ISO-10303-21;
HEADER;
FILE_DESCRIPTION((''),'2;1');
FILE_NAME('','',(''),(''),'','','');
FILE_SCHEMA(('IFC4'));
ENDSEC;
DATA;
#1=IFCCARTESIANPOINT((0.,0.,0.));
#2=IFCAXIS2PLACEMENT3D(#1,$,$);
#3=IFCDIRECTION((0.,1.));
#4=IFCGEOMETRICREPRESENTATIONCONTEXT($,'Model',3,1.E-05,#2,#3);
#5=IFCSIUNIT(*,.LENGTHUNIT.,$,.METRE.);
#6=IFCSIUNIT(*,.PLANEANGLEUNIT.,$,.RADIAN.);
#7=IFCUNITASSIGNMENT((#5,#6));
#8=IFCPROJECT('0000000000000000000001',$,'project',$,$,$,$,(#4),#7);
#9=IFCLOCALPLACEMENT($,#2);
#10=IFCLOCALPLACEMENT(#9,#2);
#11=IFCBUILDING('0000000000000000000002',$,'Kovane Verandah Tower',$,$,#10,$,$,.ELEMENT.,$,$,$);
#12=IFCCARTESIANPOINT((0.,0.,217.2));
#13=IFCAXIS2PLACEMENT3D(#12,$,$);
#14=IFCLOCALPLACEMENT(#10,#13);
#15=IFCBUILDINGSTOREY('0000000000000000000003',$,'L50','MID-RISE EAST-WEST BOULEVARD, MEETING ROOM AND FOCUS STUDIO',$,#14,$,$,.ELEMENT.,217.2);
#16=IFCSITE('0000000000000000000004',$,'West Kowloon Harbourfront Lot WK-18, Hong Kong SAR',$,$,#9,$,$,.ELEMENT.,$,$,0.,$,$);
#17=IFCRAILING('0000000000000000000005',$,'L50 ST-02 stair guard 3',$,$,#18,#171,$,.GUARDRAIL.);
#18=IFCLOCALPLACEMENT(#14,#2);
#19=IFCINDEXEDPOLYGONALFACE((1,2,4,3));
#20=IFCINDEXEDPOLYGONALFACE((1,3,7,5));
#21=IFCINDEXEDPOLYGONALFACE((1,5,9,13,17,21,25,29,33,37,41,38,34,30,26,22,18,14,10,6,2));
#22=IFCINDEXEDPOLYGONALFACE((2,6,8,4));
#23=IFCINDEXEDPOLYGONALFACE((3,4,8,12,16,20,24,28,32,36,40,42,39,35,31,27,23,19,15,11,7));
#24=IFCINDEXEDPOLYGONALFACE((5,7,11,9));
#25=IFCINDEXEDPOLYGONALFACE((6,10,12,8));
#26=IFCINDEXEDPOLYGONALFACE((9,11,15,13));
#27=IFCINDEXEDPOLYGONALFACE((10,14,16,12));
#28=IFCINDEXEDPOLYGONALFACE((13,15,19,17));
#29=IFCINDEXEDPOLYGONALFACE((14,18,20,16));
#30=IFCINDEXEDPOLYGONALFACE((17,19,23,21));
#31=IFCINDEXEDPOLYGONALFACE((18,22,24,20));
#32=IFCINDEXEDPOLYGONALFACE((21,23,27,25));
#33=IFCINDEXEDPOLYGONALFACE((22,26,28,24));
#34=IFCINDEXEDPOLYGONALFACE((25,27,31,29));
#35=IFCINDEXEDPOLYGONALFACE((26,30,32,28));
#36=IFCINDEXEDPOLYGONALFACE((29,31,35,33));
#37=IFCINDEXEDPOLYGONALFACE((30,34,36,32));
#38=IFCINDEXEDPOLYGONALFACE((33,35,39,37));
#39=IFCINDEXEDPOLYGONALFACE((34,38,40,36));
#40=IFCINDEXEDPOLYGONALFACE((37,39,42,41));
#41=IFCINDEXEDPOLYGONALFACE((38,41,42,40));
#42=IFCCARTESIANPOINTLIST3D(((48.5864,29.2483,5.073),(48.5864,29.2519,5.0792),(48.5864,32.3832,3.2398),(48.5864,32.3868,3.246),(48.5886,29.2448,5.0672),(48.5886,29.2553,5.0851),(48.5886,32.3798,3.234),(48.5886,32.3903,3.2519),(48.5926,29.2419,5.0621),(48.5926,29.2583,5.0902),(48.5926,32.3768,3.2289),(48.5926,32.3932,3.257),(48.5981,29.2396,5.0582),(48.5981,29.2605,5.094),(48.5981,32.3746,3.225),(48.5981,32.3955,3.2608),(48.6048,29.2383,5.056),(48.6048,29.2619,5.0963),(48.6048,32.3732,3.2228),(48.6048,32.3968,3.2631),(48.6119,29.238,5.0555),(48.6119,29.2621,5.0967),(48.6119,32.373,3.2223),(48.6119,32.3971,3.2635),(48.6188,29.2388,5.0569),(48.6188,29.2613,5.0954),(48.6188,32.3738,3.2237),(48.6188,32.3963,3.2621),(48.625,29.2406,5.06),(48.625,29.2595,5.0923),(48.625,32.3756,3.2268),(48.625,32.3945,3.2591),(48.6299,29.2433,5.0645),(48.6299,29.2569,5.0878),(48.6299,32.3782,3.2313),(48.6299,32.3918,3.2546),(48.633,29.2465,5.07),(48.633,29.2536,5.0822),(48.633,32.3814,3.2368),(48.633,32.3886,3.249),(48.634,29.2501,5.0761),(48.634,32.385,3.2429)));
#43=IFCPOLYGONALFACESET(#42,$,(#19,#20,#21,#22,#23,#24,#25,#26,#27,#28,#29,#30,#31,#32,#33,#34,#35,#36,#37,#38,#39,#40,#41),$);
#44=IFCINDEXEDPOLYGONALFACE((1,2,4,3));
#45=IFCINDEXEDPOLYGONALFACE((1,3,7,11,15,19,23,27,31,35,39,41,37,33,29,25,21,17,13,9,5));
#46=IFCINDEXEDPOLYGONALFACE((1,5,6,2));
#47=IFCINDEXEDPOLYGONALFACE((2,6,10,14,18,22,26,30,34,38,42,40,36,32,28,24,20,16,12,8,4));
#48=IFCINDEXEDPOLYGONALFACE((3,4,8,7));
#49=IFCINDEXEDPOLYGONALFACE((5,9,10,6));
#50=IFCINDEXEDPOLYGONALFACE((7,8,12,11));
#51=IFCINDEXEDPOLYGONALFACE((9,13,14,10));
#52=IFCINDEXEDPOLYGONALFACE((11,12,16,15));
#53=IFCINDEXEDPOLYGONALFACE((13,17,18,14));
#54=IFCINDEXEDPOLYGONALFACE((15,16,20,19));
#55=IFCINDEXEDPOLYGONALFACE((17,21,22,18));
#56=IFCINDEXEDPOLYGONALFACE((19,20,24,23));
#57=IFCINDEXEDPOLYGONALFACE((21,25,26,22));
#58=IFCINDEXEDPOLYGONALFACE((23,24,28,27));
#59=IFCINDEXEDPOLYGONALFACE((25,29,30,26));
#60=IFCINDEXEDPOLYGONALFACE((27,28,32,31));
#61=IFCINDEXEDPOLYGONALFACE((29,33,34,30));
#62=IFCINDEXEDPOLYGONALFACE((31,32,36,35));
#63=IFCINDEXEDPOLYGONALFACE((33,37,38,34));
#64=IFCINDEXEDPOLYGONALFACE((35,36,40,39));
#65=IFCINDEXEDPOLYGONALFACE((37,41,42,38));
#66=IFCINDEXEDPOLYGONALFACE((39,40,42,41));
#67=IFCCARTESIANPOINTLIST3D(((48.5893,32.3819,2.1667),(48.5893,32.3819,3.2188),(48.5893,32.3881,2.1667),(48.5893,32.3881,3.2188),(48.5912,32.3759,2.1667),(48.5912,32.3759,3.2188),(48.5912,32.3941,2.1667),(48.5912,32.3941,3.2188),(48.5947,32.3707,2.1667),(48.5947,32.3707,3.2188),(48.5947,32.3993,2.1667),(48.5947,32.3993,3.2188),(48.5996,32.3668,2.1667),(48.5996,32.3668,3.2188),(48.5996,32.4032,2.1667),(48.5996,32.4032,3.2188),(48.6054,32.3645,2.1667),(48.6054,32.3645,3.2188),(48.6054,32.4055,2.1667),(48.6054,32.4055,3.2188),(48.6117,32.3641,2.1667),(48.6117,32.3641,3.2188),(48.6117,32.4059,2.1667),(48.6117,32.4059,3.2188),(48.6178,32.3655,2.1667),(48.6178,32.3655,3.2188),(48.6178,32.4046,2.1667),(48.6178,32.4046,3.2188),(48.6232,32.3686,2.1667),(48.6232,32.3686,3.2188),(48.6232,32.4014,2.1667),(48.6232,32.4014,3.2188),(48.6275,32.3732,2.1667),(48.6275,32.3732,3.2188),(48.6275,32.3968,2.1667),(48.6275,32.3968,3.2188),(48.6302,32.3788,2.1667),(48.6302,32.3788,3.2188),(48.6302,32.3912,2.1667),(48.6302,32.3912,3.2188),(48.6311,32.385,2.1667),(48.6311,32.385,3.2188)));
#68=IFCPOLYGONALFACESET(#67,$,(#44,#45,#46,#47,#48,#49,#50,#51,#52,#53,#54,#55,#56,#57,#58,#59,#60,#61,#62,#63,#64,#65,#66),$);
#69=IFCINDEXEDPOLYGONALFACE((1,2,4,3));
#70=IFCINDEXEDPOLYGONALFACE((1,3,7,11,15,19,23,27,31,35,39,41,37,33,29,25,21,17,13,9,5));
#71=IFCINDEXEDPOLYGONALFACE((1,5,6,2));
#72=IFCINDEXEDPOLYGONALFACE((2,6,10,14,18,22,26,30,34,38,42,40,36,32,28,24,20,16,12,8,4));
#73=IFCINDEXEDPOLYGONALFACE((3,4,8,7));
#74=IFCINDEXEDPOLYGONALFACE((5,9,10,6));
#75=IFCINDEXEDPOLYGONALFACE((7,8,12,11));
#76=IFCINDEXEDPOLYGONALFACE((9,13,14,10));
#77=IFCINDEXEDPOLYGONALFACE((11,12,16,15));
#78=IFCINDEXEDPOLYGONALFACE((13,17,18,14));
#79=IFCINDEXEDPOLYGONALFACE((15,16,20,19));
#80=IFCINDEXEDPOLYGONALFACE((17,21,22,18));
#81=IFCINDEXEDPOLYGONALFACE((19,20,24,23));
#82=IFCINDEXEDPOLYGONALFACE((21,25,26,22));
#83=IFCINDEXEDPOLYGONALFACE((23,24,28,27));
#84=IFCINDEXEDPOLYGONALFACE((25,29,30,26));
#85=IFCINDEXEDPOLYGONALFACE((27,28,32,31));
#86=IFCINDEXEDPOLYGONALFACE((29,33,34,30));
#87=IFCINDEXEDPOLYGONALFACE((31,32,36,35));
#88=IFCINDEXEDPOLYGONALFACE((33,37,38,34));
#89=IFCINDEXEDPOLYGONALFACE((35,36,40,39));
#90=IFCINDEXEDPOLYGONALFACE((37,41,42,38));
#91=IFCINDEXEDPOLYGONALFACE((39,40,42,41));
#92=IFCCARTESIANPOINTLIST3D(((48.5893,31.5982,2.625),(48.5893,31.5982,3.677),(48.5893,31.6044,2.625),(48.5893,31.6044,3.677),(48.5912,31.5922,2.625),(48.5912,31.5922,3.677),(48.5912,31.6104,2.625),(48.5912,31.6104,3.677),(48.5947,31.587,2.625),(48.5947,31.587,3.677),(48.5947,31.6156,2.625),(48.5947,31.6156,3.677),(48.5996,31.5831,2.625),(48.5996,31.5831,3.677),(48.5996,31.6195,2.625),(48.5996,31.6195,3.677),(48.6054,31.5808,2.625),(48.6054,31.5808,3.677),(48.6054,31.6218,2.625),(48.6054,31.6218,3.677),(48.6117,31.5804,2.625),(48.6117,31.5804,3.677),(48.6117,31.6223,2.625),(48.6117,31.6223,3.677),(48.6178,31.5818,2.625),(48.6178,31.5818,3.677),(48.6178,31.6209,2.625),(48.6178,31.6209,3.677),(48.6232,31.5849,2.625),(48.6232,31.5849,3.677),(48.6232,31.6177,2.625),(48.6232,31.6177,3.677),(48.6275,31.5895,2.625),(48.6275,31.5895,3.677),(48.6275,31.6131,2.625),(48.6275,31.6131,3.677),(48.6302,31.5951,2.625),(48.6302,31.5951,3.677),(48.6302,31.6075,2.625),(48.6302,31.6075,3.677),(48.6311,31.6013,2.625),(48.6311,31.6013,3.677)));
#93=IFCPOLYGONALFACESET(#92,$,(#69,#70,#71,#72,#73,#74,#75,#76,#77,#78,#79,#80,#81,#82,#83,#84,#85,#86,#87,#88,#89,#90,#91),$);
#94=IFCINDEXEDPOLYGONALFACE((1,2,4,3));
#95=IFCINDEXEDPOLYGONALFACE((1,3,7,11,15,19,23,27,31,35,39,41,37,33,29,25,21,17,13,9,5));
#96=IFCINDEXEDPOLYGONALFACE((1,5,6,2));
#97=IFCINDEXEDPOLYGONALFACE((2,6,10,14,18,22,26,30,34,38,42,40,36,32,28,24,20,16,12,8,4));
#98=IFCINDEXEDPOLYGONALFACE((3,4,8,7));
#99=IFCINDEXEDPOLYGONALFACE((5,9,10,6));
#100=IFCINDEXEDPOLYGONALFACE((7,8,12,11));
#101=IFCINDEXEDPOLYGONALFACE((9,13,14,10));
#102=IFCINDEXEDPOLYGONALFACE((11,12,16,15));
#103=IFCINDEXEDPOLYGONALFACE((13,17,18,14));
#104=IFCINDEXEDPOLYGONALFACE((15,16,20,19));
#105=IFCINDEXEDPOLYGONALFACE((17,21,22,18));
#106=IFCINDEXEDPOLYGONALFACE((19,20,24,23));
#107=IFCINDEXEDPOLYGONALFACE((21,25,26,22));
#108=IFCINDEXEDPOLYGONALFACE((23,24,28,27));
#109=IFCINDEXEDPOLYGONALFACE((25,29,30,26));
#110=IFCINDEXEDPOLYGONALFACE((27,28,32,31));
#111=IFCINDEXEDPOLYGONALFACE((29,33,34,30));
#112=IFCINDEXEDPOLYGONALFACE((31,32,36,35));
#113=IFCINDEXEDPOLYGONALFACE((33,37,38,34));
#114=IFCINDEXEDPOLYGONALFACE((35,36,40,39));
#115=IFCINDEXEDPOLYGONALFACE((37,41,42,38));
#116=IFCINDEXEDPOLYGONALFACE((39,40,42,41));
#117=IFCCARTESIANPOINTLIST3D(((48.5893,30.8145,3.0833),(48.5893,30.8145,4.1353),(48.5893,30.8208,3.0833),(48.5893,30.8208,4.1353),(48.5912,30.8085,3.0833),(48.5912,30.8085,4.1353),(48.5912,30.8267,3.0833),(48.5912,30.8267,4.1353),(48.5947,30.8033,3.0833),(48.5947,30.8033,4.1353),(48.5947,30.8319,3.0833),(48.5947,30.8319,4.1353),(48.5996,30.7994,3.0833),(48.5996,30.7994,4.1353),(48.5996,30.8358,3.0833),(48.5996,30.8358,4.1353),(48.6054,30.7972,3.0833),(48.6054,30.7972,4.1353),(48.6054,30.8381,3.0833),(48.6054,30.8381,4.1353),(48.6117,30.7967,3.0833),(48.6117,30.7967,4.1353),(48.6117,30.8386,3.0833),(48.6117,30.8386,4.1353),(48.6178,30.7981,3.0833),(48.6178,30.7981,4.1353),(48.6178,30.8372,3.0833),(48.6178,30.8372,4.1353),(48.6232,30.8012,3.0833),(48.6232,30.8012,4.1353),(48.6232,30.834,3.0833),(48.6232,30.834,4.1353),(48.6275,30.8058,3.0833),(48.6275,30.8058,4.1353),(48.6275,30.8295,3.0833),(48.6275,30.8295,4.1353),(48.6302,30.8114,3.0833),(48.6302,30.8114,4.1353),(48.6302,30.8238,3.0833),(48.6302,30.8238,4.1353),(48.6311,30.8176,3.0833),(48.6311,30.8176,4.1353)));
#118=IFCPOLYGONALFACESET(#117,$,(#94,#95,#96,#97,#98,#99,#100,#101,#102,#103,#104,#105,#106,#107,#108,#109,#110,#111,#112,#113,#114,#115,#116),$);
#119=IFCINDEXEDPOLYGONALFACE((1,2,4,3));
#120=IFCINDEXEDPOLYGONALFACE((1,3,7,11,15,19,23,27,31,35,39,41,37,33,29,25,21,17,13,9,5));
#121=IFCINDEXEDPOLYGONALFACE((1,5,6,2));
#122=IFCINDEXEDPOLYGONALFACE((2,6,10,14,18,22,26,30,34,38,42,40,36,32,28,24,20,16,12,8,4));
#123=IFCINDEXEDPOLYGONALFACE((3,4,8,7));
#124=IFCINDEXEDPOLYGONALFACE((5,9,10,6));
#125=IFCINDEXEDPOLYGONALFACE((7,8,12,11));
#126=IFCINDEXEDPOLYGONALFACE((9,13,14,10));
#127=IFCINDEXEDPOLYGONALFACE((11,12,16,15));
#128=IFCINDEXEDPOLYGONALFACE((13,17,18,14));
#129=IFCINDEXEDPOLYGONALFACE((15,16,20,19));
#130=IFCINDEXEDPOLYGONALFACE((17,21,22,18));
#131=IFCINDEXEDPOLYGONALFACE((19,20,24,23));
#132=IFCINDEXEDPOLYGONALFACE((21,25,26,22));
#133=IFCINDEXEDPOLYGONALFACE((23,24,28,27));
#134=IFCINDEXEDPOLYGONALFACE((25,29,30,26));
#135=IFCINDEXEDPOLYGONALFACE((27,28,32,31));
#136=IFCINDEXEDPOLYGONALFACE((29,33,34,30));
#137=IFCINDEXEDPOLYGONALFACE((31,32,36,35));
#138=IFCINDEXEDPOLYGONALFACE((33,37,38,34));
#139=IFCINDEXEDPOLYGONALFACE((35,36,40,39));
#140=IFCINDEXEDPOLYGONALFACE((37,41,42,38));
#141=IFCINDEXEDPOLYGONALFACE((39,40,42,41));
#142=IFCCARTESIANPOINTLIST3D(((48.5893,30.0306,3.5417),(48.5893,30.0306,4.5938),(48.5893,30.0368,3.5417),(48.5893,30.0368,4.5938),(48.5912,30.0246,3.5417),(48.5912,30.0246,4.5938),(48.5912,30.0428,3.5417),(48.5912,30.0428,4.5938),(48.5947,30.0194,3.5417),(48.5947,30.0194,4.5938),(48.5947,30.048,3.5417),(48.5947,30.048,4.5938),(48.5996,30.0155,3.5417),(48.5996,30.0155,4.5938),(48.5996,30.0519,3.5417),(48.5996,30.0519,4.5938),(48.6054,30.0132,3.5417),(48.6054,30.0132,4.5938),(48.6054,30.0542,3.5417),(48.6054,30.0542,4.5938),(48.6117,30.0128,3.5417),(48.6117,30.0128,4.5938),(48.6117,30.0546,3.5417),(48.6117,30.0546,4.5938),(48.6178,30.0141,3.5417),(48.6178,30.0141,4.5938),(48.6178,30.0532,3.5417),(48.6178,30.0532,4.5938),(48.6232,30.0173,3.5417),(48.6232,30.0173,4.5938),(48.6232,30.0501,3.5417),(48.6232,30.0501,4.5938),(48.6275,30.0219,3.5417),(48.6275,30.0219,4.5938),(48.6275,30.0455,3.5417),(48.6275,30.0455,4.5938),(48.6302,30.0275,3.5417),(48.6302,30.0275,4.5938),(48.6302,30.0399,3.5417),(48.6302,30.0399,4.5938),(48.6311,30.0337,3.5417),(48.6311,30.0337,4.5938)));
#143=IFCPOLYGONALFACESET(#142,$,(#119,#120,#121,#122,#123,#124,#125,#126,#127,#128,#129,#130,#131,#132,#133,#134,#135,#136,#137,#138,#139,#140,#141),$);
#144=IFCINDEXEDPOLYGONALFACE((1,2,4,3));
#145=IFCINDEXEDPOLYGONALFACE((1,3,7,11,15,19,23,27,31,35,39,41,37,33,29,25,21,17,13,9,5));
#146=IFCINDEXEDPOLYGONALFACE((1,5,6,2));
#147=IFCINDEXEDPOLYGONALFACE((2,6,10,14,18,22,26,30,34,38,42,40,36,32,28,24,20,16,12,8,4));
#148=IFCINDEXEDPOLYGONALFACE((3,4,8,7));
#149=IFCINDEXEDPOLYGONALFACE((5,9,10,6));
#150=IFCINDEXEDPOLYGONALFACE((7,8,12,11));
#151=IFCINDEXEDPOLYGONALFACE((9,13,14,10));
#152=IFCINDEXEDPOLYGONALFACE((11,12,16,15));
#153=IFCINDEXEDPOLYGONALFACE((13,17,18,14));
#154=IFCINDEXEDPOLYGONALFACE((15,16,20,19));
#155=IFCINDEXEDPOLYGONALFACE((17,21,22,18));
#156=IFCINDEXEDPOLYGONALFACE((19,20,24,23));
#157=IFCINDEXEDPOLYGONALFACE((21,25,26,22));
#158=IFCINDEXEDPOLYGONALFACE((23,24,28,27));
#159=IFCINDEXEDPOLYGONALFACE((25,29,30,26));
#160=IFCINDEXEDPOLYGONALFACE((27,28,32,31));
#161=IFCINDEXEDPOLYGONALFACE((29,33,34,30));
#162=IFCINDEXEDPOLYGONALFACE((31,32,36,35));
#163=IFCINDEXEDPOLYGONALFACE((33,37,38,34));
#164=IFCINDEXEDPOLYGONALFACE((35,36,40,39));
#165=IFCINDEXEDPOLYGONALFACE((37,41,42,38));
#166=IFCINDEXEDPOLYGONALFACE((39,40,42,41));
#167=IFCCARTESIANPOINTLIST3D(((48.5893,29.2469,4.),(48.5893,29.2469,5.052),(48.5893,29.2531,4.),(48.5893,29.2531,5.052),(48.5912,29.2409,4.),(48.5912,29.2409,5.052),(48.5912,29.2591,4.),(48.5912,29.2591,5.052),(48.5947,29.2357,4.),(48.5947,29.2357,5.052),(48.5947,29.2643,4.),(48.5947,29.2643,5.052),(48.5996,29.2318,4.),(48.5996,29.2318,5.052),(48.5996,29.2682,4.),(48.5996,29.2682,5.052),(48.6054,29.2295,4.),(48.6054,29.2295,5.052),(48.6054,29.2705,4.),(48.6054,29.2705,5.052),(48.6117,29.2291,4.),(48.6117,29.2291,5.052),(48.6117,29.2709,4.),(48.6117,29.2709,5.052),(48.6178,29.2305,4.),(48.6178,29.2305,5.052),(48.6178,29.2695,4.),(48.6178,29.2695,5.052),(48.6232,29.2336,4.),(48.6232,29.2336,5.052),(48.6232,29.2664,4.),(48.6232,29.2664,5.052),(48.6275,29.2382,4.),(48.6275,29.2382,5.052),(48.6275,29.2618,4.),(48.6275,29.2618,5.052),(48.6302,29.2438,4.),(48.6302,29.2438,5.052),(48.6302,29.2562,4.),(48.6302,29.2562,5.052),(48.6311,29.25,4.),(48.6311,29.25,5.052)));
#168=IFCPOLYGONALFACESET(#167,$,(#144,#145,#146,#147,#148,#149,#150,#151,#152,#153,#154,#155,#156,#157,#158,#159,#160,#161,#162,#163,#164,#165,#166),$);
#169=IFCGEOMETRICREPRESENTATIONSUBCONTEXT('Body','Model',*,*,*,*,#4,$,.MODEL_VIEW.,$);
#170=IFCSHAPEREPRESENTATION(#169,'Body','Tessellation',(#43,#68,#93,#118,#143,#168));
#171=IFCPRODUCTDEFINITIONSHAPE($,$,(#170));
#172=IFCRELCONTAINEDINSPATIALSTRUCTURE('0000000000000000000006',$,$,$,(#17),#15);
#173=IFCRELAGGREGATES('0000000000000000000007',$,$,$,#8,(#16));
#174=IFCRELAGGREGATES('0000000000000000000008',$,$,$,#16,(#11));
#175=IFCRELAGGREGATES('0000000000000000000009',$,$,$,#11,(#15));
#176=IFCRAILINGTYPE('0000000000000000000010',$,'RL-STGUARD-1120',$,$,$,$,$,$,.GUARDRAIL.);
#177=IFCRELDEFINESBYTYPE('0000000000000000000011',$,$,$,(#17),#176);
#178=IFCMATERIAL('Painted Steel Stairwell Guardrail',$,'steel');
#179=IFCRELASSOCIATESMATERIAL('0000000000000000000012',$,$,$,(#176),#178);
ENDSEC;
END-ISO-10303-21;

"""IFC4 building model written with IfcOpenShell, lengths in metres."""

from ifc_helpers import new_model, si_unit, direction, frame, origin, origin_2d, place, context, subcontext, project, spatial, circle, extrude, material, type_object, element, save


model = new_model("IFC4")

# Units and contexts
model_context = context("Model", 3, precision=1e-05, world=origin(), true_north=direction((0.0, 1.0)))
body_context = subcontext(model_context, "Body", "Model", "MODEL_VIEW")
ifc_project = project(units=[si_unit("LENGTHUNIT", "METRE"), si_unit("PLANEANGLEUNIT", "RADIAN")], contexts=[model_context])

# Site, building, storey
site_placement = place(None, origin())
site = spatial("IfcSite", under=ifc_project, at=site_placement, Name="West Kowloon Harbourfront Lot WK-18, Hong Kong SAR", CompositionType="ELEMENT", RefElevation=0.0)
building_placement = place(site_placement, origin())
building = spatial("IfcBuilding", under=site, at=building_placement, Name="Kovane Verandah Tower", CompositionType="ELEMENT")
storey_placement = place(building_placement, frame((0.0, 0.0, 217.2)))
storey = spatial("IfcBuildingStorey", under=building, at=storey_placement, Name="L50", Description="MID-RISE EAST-WEST BOULEVARD, MEETING ROOM AND FOCUS STUDIO", CompositionType="ELEMENT", Elevation=217.2)

# Railing
ifc_material_1 = material(Name="Painted Steel Stairwell Guardrail", Category="steel")
railing_type_1 = type_object("IfcRailingType", Name="RL-STGUARD-1120", PredefinedType="GUARDRAIL", material=ifc_material_1)
railing_1_placement = place(storey_placement, frame((48.6101, 32.385, 2.1667)))
element("IfcRailing", 1, at=railing_1_placement, inside=storey, type_object=railing_type_1, Name="L50 ST-02 stair guard 3", PredefinedType="GUARDRAIL", context=body_context, shape_type="SweptSolid", body=[
    extrude(circle(Radius=0.0239, at=origin_2d()), frame((0.0, 0.0, 1.0762), z_axis=(0.0, -0.86324, 0.504794), x_axis=(1.0, 0.0, 0.0)), (0.0, 0.0, 1.0), 3.6316),
    extrude(circle(Radius=0.021, at=origin_2d()), origin(), (0.0, 0.0, 1.0), 1.052),
    extrude(circle(Radius=0.021, at=origin_2d()), frame((0.0, -0.7837, 0.4583)), (0.0, 0.0, 1.0), 1.052),
    extrude(circle(Radius=0.021, at=origin_2d()), frame((0.0, -1.5674, 0.9165)), (0.0, 0.0, 1.0), 1.052),
    extrude(circle(Radius=0.021, at=origin_2d()), frame((0.0, -2.3513, 1.375)), (0.0, 0.0, 1.0), 1.052),
    extrude(circle(Radius=0.021, at=origin_2d()), frame((0.0, -3.135, 1.8333)), (0.0, 0.0, 1.0), 1.052),
])

save(model, "model.ifc")
